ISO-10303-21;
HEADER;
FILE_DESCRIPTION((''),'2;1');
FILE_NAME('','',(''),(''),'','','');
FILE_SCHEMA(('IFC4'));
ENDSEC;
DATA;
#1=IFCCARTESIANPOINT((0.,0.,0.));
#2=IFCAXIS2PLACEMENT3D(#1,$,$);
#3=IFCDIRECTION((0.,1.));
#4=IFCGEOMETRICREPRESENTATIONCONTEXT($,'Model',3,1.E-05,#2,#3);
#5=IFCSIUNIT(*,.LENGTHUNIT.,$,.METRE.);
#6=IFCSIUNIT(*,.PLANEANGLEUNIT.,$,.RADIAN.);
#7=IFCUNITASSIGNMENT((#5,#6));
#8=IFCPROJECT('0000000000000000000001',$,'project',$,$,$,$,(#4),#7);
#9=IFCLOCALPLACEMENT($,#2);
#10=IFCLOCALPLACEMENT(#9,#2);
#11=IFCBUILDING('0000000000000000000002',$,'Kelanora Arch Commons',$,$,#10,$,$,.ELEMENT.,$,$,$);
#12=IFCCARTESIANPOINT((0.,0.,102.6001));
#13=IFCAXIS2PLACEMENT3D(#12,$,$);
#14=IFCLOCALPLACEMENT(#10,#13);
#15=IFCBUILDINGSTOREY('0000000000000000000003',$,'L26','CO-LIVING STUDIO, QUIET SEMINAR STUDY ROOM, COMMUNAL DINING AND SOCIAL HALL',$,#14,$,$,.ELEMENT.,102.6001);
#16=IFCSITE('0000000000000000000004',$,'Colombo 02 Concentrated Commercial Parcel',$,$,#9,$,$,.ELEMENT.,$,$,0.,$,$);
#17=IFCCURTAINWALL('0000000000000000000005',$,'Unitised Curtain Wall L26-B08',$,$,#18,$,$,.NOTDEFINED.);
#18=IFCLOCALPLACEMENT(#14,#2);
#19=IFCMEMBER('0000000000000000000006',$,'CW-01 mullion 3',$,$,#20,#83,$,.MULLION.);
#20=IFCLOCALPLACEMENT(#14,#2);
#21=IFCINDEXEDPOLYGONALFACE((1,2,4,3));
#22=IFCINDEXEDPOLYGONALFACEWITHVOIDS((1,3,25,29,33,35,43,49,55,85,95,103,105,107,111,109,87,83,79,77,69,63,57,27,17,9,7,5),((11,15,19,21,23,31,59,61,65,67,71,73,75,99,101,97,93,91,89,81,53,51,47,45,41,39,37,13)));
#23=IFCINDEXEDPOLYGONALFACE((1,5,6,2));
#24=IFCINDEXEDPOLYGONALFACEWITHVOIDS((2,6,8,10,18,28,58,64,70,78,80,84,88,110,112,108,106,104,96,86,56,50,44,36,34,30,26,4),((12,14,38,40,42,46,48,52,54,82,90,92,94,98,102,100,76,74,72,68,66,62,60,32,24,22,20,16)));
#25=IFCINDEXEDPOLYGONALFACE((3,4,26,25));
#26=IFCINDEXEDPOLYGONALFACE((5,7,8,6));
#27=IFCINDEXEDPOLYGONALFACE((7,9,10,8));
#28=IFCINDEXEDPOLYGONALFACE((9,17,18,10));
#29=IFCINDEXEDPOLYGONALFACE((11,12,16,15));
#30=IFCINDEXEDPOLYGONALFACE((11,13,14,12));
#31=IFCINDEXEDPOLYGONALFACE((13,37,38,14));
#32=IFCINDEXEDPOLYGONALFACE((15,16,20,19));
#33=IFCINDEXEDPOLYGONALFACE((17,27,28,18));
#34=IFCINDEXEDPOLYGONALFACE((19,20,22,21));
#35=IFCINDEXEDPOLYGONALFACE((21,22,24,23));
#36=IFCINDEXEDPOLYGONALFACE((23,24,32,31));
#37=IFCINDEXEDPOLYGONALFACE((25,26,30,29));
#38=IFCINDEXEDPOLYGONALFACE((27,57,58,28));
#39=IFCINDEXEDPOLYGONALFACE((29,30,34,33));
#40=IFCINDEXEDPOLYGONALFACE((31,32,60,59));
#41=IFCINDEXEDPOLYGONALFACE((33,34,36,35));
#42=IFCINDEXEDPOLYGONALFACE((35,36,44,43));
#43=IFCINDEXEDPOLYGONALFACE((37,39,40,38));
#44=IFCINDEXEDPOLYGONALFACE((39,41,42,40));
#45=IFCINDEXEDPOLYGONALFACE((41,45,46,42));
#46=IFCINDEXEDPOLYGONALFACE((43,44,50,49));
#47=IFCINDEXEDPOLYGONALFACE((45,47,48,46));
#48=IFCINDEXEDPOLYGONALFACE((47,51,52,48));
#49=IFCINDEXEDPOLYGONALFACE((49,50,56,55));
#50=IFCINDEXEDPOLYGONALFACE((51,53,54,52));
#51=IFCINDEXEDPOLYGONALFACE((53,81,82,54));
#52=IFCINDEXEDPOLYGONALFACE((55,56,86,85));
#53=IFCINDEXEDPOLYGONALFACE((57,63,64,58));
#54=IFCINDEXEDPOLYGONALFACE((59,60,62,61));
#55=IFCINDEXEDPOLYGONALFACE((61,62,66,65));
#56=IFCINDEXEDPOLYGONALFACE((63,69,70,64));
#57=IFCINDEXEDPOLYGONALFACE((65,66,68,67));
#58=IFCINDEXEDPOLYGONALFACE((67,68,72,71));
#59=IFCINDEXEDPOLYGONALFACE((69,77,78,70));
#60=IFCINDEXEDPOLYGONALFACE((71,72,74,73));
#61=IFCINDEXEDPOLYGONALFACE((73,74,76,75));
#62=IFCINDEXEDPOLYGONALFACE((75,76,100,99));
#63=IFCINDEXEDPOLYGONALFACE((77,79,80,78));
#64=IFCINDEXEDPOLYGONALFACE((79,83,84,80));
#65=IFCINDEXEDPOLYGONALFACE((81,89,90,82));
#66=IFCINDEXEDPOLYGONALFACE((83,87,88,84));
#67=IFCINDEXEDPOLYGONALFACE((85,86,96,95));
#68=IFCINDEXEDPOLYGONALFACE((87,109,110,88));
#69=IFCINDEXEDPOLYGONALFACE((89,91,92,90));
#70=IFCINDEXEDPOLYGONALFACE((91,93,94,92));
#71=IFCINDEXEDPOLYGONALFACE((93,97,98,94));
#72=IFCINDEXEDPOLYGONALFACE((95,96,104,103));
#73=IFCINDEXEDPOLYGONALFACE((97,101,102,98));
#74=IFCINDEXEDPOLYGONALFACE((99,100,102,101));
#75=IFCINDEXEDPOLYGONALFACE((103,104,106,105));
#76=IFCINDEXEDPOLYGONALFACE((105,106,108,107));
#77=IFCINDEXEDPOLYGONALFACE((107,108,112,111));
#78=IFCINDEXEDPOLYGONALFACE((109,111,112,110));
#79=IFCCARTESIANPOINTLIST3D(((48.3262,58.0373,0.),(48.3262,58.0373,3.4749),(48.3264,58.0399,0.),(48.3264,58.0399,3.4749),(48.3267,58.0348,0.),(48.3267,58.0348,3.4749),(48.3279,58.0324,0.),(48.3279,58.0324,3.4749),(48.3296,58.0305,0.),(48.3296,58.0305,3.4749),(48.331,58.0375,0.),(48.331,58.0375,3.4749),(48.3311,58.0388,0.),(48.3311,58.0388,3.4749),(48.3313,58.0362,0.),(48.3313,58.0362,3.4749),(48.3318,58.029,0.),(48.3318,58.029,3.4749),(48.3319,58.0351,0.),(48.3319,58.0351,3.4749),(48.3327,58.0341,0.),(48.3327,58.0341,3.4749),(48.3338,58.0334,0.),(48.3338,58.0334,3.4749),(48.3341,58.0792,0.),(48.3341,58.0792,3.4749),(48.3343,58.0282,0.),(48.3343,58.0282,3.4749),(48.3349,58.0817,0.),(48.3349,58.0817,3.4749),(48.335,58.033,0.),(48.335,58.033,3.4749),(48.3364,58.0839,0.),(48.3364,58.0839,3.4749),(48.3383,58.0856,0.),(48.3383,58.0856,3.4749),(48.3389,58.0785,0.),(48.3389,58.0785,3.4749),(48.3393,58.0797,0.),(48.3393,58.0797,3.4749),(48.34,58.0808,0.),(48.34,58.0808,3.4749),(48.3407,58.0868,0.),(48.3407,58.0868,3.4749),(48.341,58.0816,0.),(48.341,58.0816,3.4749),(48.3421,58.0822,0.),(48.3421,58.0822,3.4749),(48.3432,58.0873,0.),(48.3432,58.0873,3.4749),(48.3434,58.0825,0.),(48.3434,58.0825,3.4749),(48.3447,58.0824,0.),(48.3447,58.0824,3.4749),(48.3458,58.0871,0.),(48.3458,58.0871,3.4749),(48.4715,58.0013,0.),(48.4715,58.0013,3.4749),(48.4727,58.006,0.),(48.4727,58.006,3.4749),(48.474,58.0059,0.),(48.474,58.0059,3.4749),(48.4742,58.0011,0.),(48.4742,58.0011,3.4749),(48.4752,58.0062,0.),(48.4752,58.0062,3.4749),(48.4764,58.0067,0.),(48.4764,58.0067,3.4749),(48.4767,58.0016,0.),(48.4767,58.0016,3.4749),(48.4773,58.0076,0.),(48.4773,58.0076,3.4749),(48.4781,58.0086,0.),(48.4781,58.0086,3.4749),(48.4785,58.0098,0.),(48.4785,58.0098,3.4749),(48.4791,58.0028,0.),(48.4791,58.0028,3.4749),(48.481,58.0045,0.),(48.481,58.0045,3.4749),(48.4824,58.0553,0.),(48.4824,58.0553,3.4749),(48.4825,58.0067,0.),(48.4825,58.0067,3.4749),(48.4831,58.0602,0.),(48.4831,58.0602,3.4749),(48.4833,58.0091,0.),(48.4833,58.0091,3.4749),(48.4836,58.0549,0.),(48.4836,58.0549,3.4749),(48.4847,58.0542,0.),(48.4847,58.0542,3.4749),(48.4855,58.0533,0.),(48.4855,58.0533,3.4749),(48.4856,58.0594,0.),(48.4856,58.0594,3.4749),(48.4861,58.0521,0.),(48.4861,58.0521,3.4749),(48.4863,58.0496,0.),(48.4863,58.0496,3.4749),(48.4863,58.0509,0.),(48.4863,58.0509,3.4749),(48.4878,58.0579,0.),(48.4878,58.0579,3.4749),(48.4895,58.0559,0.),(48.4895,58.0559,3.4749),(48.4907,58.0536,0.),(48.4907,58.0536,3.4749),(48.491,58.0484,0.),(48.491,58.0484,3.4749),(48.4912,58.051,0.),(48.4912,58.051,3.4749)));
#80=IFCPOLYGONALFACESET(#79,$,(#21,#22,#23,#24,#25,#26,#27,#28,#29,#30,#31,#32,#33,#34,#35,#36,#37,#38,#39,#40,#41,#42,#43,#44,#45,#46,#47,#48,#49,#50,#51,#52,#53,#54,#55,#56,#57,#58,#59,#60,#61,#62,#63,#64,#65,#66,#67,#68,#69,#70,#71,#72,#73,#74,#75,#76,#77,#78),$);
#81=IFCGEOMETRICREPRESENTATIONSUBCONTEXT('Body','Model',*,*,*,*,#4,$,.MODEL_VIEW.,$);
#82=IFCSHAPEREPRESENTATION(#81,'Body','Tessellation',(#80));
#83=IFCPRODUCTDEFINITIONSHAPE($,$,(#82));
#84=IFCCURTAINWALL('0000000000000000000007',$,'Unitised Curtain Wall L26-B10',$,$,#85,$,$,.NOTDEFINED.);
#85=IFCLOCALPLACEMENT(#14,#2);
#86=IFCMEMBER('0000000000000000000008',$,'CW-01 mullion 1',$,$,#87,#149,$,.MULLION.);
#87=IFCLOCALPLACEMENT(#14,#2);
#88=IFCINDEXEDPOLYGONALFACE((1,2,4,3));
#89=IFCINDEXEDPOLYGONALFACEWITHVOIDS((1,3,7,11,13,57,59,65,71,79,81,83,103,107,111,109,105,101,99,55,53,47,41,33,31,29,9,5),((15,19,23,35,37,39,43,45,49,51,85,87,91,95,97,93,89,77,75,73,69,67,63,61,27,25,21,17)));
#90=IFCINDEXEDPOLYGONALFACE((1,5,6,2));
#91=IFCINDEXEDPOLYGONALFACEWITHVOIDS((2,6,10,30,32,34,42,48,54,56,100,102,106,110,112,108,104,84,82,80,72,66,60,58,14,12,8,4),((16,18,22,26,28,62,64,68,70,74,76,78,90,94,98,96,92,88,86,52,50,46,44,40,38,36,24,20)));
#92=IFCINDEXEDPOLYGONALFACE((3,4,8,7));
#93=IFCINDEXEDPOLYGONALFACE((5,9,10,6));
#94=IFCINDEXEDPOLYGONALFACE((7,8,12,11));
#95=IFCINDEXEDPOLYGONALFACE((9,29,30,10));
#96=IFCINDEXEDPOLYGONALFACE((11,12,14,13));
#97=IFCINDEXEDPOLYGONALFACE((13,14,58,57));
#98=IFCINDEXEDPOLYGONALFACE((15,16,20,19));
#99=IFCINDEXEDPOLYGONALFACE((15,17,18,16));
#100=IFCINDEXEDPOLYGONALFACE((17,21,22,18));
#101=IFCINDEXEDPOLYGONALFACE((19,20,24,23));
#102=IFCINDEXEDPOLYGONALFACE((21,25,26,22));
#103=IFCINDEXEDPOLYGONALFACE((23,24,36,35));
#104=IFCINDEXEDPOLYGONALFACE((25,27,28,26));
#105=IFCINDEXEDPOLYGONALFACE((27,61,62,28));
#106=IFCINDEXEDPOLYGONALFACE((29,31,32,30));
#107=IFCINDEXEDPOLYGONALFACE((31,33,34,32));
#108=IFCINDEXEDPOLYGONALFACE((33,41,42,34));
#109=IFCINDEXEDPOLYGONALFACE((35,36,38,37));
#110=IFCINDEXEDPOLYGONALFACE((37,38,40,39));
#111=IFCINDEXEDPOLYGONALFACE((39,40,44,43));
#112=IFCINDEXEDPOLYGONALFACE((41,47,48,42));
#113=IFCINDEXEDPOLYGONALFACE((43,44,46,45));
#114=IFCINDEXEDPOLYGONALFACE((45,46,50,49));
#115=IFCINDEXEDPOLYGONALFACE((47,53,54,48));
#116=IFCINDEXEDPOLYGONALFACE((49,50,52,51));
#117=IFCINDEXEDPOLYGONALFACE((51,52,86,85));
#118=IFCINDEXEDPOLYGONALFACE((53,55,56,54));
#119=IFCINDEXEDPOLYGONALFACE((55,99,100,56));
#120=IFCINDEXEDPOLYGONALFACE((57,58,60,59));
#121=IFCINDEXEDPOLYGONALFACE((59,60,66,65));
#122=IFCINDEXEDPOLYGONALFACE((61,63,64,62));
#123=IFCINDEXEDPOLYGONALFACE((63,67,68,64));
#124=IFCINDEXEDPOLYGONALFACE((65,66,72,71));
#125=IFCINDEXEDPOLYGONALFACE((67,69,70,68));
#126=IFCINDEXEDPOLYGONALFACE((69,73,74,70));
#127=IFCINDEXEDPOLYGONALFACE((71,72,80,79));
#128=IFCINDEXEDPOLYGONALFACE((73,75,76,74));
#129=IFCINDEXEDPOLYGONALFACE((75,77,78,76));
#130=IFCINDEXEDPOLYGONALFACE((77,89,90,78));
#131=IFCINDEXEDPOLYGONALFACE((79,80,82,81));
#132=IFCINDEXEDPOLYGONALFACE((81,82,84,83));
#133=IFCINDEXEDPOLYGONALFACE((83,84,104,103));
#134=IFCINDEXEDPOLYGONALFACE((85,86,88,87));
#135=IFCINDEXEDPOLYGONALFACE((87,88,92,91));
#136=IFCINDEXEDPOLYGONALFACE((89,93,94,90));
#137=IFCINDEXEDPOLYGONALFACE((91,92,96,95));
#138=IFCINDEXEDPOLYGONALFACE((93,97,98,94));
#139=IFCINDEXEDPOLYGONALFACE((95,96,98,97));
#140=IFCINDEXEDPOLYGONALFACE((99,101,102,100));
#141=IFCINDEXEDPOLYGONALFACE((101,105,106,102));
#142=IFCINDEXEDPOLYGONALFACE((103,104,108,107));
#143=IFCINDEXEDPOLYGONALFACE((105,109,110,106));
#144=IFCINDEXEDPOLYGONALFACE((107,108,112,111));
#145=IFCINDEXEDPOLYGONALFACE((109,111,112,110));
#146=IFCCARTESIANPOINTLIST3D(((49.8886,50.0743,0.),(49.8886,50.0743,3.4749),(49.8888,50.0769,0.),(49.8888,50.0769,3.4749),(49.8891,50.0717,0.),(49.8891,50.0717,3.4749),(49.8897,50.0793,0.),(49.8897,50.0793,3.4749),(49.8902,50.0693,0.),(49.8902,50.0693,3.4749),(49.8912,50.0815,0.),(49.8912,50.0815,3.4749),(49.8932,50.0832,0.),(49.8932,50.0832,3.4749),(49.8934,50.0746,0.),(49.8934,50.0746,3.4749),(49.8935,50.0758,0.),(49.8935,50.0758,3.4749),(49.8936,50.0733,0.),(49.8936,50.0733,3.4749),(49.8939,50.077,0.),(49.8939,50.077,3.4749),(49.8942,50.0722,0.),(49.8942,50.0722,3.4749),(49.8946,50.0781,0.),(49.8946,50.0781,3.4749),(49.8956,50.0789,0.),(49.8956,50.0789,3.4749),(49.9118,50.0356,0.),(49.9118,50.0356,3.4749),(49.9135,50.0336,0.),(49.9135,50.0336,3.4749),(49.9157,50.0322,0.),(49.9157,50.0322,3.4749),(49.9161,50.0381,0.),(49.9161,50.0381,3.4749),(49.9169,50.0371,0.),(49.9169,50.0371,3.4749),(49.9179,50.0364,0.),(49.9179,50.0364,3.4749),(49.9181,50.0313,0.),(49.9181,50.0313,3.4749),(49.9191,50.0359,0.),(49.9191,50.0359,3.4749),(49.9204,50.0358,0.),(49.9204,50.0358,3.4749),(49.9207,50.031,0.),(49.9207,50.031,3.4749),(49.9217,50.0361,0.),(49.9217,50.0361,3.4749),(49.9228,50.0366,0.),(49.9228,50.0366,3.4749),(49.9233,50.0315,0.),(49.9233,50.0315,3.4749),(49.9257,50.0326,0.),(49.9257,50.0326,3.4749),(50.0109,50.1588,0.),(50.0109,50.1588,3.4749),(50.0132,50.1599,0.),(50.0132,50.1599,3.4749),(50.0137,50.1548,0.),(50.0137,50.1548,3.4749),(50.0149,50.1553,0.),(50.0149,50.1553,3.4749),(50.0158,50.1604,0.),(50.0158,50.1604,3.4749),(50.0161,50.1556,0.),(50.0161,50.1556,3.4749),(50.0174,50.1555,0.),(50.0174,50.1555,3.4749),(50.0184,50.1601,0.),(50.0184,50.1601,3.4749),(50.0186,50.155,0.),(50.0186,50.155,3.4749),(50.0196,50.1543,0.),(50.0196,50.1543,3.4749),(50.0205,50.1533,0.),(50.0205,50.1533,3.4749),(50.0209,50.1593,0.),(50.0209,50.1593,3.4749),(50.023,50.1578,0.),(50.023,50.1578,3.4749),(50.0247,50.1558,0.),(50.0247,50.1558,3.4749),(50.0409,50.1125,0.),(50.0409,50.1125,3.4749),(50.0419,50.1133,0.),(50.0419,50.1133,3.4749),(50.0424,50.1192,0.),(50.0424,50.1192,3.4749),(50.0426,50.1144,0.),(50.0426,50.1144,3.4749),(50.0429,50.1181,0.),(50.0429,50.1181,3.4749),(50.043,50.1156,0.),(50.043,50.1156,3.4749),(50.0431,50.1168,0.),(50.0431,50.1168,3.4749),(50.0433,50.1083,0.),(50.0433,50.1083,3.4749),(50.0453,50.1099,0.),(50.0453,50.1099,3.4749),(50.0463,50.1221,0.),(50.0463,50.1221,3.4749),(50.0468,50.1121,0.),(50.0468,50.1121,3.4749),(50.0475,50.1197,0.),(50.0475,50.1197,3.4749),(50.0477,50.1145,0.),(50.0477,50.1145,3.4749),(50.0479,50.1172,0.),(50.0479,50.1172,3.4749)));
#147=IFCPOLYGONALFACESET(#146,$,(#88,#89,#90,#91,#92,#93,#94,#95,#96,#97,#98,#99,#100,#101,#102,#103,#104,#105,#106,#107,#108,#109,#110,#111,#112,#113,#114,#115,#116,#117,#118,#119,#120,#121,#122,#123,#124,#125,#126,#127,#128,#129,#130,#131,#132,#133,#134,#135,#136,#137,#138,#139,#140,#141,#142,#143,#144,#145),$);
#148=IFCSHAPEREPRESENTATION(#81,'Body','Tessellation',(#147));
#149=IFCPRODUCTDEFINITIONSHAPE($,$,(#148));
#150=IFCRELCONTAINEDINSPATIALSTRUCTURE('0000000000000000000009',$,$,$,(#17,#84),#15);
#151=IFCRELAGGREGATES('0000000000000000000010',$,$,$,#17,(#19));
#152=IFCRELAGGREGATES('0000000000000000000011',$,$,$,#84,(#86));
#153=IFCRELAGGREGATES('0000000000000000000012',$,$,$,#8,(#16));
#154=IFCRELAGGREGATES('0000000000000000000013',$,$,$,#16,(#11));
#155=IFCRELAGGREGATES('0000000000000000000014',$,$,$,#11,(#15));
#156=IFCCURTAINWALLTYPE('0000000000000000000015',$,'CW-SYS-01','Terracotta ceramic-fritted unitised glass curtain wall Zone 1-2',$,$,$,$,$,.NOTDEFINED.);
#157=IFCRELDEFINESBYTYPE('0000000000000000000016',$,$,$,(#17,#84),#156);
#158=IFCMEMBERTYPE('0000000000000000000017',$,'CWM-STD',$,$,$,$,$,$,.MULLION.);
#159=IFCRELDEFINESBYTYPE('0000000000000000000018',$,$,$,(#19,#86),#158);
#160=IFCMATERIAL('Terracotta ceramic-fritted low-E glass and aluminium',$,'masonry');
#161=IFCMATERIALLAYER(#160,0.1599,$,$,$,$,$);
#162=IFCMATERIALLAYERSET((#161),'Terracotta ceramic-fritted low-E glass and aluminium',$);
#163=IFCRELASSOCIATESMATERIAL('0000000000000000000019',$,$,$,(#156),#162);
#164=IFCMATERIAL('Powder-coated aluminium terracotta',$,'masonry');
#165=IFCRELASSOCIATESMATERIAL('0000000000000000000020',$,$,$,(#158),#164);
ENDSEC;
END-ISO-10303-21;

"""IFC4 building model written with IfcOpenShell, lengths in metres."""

from ifc_helpers import new_model, si_unit, direction, frame, origin, origin_2d, place, context, subcontext, project, spatial, hollow_rectangle, extrude, material, layer, layer_set, material_profile, profile_set, type_object, element, aggregate, save


model = new_model("IFC4")

# Units and contexts
model_context = context("Model", 3, precision=1e-05, world=origin(), true_north=direction((0.0, 1.0)))
body_context = subcontext(model_context, "Body", "Model", "MODEL_VIEW")
ifc_project = project(units=[si_unit("LENGTHUNIT", "METRE"), si_unit("PLANEANGLEUNIT", "RADIAN")], contexts=[model_context])

# Site, building, storey
site_placement = place(None, origin())
site = spatial("IfcSite", under=ifc_project, at=site_placement, Name="Colombo 02 Concentrated Commercial Parcel", CompositionType="ELEMENT", RefElevation=0.0)
building_placement = place(site_placement, origin())
building = spatial("IfcBuilding", under=site, at=building_placement, Name="Kelanora Arch Commons", CompositionType="ELEMENT")
storey_placement = place(building_placement, frame((0.0, 0.0, 102.6001)))
storey = spatial("IfcBuildingStorey", under=building, at=storey_placement, Name="L26", Description="CO-LIVING STUDIO, QUIET SEMINAR STUDY ROOM, COMMUNAL DINING AND SOCIAL HALL", CompositionType="ELEMENT", Elevation=102.6001)

# Curtain wall, member
ifc_material_1 = material(Name="Terracotta ceramic-fritted low-E glass and aluminium", Category="masonry")
ifc_layer_1 = layer(ifc_material_1, 0.1599)
ifc_layer_set_1 = layer_set([ifc_layer_1], Name="Terracotta ceramic-fritted low-E glass and aluminium")
curtain_wall_type = type_object("IfcCurtainWallType", Name="CW-SYS-01", Description="Terracotta ceramic-fritted unitised glass curtain wall Zone 1-2", PredefinedType="NOTDEFINED", material=ifc_layer_set_1)
curtain_wall_1_placement = place(storey_placement, origin())
curtain_wall_1 = element("IfcCurtainWall", 1, at=curtain_wall_1_placement, inside=storey, type_object=curtain_wall_type, Name="Unitised Curtain Wall L26-B08", PredefinedType="NOTDEFINED")
ifc_material_2 = material(Name="Powder-coated aluminium terracotta", Category="masonry")
ifc_material_profile_1 = material_profile(ifc_material_2, hollow_rectangle(XDim=0.1599, YDim=0.0601, WallThickness=0.0049, InnerFilletRadius=0.0049, OuterFilletRadius=0.01, at=origin_2d()), Name="CWM160x60")
ifc_profile_set_1 = profile_set([ifc_material_profile_1], Name="Powder-coated aluminium terracotta")
member_type_1 = type_object("IfcMemberType", Name="CWM-STD", PredefinedType="MULLION", material=ifc_profile_set_1)
member_1_placement = place(storey_placement, frame((48.4087, 58.0442, 0.0), z_axis=(0.0, 0.0, 1.0), x_axis=(0.98128, -0.192585, 0.0)))
member_1 = element("IfcMember", 2, at=member_1_placement, type_object=member_type_1, Name="CW-01 mullion 3", PredefinedType="MULLION", context=body_context, shape_type="SweptSolid", body=[
    extrude(hollow_rectangle(XDim=0.1599, YDim=0.0601, WallThickness=0.0049, InnerFilletRadius=0.0049, OuterFilletRadius=0.01, at=origin_2d()), origin(), (0.0, 0.0, 1.0), 3.4749),
])
aggregate(curtain_wall_1, [member_1])

# Curtain wall, member
curtain_wall_2_placement = place(storey_placement, origin())
curtain_wall_2 = element("IfcCurtainWall", 3, at=curtain_wall_2_placement, inside=storey, type_object=curtain_wall_type, Name="Unitised Curtain Wall L26-B10", PredefinedType="NOTDEFINED")
member_2_placement = place(storey_placement, frame((49.9683, 50.0957, 0.0), z_axis=(0.0, 0.0, 1.0), x_axis=(0.841269, 0.540617, 0.0)))
member_2 = element("IfcMember", 4, at=member_2_placement, type_object=member_type_1, Name="CW-01 mullion 1", PredefinedType="MULLION", context=body_context, shape_type="SweptSolid", body=[
    extrude(hollow_rectangle(XDim=0.1599, YDim=0.0601, WallThickness=0.0049, InnerFilletRadius=0.0049, OuterFilletRadius=0.01, at=origin_2d()), origin(), (0.0, 0.0, 1.0), 3.4749),
])

aggregate(curtain_wall_2, [member_2])

save(model, "model.ifc")
